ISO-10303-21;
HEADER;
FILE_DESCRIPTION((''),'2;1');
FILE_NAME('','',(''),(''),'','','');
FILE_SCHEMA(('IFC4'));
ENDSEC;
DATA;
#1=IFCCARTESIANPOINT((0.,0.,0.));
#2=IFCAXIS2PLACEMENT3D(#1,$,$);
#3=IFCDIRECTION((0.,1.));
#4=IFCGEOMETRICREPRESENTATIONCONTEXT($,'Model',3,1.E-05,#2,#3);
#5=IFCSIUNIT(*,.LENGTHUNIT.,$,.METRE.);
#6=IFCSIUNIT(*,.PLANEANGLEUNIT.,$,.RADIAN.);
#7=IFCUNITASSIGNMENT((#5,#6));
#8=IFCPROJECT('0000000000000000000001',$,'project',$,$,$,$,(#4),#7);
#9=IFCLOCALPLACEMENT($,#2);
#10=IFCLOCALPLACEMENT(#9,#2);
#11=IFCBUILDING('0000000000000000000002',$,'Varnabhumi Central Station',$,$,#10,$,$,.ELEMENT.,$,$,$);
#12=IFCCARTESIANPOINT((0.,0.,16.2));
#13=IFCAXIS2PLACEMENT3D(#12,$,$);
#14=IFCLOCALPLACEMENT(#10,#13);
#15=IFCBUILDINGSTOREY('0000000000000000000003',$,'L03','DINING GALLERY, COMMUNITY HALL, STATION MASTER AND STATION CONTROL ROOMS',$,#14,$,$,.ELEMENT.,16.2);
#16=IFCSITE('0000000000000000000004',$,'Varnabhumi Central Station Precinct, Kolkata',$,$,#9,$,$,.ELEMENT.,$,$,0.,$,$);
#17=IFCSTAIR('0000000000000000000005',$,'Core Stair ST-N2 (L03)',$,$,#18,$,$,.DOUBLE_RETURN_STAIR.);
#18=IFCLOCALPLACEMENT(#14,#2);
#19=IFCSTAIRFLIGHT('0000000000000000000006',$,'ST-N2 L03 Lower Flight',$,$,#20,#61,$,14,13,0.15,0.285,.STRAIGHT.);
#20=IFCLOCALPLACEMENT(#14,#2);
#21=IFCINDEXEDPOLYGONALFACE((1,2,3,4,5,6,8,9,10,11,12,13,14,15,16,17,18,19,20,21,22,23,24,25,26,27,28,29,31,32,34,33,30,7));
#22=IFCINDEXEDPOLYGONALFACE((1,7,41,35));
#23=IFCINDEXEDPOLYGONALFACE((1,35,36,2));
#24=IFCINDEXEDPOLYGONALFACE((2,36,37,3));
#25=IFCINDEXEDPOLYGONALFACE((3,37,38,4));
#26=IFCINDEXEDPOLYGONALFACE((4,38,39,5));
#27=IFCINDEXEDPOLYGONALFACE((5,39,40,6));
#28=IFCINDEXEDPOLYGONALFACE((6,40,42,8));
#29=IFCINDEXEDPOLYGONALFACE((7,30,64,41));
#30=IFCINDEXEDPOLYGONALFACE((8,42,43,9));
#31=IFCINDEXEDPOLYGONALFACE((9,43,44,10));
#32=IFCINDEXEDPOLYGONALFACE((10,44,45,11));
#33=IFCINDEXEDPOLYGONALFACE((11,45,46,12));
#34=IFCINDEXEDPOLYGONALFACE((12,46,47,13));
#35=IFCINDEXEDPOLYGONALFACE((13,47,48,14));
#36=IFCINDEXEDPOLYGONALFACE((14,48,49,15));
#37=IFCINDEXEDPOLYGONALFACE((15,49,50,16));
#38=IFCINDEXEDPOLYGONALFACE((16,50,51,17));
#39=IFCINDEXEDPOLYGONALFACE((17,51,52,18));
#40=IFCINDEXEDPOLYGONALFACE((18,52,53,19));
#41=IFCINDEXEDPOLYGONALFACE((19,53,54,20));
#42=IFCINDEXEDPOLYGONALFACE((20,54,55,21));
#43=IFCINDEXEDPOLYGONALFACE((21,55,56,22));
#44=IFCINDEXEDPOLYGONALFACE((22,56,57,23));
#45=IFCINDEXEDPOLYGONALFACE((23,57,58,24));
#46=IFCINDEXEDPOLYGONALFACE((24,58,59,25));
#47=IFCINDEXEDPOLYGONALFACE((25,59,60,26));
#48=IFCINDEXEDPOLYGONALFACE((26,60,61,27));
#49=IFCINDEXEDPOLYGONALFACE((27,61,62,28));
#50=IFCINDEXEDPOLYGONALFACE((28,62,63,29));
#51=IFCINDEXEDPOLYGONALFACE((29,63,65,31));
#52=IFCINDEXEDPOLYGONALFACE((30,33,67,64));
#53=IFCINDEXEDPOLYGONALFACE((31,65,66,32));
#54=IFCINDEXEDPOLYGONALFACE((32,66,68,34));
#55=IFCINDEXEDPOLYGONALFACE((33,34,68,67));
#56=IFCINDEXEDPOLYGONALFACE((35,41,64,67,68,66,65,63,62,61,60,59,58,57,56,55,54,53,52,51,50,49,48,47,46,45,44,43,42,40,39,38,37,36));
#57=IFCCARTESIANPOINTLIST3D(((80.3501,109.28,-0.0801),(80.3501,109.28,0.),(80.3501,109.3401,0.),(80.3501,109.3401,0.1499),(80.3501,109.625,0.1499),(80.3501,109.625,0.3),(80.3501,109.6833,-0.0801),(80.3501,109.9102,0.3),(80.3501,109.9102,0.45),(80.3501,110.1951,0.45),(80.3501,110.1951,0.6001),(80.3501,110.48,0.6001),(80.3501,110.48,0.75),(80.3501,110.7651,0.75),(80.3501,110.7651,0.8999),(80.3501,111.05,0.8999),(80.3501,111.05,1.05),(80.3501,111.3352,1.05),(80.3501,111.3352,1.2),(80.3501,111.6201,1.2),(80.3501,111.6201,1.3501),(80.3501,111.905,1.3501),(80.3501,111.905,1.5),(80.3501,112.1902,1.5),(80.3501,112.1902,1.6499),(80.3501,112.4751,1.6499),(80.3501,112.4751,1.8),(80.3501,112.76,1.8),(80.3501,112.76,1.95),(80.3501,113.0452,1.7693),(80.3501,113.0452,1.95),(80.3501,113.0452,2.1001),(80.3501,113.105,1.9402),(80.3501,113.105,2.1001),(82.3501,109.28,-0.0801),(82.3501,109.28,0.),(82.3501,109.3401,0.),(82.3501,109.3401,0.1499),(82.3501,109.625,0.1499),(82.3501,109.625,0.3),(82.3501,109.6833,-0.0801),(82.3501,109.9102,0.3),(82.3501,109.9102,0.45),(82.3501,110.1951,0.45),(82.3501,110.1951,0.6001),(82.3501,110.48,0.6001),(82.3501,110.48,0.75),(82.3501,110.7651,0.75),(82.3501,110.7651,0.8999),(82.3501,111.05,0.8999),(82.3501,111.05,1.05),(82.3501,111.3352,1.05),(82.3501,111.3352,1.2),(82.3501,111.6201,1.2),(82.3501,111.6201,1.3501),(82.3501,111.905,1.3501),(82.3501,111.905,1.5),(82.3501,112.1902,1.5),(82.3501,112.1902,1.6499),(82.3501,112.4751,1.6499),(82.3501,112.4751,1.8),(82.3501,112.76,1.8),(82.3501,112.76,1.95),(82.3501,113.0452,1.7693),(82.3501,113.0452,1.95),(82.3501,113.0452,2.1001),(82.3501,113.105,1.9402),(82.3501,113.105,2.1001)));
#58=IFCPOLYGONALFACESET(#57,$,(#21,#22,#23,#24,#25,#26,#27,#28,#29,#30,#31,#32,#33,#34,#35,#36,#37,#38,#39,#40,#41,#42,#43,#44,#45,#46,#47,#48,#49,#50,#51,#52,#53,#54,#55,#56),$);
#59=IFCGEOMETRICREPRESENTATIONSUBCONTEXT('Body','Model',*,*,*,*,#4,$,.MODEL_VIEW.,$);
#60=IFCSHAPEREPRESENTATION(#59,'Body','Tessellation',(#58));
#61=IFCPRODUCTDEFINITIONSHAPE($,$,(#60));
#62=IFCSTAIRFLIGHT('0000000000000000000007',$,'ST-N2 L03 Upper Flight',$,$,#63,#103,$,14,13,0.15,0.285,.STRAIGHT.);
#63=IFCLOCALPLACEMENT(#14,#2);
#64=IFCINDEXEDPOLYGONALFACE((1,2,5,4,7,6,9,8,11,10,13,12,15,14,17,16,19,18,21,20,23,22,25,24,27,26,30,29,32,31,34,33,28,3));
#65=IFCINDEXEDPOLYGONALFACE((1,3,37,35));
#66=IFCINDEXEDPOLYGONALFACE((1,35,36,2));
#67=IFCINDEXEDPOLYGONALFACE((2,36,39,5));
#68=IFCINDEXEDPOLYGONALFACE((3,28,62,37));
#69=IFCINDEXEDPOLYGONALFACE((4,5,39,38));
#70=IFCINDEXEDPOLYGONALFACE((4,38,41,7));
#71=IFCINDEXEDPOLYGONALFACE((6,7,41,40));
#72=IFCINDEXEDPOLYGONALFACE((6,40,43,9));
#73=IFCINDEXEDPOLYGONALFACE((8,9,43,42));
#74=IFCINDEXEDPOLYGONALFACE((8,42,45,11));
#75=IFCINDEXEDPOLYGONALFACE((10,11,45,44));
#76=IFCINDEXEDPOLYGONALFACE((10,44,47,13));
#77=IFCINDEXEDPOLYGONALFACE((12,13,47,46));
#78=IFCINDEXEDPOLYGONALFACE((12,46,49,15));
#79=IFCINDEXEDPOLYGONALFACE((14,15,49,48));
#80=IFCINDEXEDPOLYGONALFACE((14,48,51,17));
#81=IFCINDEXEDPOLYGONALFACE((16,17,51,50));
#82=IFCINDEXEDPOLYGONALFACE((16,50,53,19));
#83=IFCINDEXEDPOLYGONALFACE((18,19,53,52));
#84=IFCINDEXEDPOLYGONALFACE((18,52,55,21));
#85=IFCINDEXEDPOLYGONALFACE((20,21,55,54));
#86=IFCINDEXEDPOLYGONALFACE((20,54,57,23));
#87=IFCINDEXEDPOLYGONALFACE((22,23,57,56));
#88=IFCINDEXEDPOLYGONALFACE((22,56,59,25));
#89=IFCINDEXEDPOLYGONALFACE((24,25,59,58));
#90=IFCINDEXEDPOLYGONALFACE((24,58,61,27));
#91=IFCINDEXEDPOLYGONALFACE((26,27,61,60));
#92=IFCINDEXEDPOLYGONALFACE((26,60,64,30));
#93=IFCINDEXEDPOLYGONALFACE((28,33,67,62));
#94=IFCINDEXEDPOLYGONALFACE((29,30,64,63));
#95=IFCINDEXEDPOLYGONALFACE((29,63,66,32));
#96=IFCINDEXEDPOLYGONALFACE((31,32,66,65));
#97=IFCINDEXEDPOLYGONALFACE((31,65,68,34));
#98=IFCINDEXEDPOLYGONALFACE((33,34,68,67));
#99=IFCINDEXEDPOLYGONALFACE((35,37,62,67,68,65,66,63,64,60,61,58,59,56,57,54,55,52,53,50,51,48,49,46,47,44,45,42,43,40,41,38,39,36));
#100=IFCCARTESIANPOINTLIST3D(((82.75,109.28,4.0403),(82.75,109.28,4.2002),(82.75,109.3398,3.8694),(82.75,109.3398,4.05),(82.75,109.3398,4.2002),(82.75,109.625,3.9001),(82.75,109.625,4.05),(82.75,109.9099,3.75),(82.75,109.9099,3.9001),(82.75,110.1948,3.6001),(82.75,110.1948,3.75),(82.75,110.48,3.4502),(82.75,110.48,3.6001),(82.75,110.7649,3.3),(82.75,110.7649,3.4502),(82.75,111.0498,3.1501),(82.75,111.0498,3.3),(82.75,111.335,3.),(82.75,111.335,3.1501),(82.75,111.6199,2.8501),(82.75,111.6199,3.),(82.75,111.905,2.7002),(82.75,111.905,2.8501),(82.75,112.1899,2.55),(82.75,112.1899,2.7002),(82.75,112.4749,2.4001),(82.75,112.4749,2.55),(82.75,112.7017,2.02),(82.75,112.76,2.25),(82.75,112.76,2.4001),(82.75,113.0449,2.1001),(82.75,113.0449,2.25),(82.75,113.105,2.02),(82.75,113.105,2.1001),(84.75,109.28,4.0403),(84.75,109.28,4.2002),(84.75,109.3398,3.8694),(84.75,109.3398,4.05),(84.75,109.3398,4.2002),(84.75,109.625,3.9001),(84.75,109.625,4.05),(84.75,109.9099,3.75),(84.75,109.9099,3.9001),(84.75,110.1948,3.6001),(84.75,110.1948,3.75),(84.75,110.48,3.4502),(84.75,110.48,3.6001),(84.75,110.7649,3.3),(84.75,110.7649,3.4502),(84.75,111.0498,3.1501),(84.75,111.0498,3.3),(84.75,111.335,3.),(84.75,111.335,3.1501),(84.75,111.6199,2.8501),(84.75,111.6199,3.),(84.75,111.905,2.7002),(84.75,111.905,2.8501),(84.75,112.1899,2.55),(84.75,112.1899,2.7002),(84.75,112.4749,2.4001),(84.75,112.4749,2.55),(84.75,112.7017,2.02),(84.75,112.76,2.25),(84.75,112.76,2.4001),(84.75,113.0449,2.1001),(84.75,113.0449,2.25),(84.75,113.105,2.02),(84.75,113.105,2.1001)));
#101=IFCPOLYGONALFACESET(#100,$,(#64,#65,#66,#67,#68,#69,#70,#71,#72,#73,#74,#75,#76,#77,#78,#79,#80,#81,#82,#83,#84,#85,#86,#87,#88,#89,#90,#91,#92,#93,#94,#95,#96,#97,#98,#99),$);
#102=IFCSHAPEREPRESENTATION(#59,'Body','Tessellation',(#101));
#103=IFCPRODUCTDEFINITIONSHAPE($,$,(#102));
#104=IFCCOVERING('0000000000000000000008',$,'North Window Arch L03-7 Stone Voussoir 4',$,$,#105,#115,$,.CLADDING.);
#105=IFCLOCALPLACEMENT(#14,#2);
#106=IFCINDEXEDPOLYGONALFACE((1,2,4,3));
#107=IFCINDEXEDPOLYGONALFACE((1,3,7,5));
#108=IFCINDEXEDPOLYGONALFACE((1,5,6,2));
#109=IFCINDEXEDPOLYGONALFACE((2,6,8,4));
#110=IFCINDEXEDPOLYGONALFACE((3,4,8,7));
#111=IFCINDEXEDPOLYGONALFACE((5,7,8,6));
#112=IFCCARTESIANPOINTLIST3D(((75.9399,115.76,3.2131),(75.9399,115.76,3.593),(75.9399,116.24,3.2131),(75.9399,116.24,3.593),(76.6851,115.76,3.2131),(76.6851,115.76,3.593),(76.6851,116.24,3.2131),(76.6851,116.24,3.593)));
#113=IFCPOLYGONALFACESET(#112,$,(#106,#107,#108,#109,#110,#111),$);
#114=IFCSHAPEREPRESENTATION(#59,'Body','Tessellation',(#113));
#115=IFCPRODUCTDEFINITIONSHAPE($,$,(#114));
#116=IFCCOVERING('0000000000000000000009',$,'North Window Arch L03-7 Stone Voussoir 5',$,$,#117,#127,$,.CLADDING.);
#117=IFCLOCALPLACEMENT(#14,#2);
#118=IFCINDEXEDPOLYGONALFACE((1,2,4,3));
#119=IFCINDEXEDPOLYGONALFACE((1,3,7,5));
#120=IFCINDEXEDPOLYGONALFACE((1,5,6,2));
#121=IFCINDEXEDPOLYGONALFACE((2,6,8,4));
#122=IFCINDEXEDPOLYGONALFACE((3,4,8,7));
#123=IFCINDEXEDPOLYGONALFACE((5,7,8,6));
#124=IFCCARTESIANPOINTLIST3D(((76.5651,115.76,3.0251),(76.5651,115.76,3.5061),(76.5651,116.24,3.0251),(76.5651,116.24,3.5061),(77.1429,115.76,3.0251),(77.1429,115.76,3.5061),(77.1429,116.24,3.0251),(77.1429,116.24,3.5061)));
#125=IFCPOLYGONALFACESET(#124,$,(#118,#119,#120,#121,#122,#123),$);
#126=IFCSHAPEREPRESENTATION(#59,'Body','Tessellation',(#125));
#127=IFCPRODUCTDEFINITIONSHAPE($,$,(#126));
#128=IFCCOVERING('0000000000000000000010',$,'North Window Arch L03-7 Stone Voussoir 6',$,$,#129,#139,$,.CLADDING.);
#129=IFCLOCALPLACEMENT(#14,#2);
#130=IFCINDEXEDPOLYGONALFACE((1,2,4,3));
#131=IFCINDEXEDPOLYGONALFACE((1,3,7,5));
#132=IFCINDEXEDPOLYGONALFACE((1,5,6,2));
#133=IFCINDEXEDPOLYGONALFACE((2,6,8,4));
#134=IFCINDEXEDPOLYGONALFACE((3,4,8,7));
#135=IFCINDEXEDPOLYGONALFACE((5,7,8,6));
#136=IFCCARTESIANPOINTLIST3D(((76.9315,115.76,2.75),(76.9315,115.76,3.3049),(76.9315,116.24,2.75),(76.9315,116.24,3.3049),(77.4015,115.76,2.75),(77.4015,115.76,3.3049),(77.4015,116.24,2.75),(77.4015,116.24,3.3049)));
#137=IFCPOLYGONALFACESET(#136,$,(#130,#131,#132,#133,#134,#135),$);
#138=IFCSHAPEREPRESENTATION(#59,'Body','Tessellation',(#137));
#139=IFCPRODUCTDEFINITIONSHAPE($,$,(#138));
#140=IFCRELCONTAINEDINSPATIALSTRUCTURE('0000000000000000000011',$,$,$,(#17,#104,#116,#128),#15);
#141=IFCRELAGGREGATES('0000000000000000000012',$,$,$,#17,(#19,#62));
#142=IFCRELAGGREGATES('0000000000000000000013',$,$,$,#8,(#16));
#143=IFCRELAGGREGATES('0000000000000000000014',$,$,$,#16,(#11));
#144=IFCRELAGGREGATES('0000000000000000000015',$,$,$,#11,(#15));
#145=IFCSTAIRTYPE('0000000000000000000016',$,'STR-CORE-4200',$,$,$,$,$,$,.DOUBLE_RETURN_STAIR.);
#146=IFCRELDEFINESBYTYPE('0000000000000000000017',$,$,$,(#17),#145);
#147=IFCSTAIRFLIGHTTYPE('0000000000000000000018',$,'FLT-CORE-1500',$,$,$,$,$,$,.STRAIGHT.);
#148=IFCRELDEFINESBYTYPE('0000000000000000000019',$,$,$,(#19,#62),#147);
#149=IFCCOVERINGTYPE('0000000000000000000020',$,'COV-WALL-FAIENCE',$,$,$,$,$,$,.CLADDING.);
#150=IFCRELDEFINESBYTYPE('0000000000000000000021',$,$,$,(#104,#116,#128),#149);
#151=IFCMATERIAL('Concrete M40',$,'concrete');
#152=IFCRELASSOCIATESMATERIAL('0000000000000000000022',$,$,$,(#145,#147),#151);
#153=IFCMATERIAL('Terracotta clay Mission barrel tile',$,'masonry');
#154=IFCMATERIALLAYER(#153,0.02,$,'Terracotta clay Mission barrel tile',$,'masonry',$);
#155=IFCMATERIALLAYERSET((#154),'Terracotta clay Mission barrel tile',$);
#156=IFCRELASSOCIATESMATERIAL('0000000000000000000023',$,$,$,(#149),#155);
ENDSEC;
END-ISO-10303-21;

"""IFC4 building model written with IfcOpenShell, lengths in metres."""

from ifc_helpers import new_model, si_unit, direction, frame, origin, origin_2d, place, context, subcontext, project, spatial, polyline, rectangle, outline, extrude, material, layer, layer_set, type_object, element, aggregate, save


model = new_model("IFC4")

# Units and contexts
model_context = context("Model", 3, precision=1e-05, world=origin(), true_north=direction((0.0, 1.0)))
body_context = subcontext(model_context, "Body", "Model", "MODEL_VIEW")
ifc_project = project(units=[si_unit("LENGTHUNIT", "METRE"), si_unit("PLANEANGLEUNIT", "RADIAN")], contexts=[model_context])

# Site, building, storey
site_placement = place(None, origin())
site = spatial("IfcSite", under=ifc_project, at=site_placement, Name="Varnabhumi Central Station Precinct, Kolkata", CompositionType="ELEMENT", RefElevation=0.0)
building_placement = place(site_placement, origin())
building = spatial("IfcBuilding", under=site, at=building_placement, Name="Varnabhumi Central Station", CompositionType="ELEMENT")
storey_placement = place(building_placement, frame((0.0, 0.0, 16.2)))
storey = spatial("IfcBuildingStorey", under=building, at=storey_placement, Name="L03", Description="DINING GALLERY, COMMUNITY HALL, STATION MASTER AND STATION CONTROL ROOMS", CompositionType="ELEMENT", Elevation=16.2)

# Shared definitions
ifc_material_1 = material(Name="Concrete M40", Category="concrete")

# Stair, stair flights
stair_type = type_object("IfcStairType", Name="STR-CORE-4200", PredefinedType="DOUBLE_RETURN_STAIR", material=ifc_material_1)
stair_placement = place(storey_placement, origin())
stair = element("IfcStair", 1, at=stair_placement, inside=storey, type_object=stair_type, Name="Core Stair ST-N2 (L03)", PredefinedType="DOUBLE_RETURN_STAIR")
stair_flight_type = type_object("IfcStairFlightType", Name="FLT-CORE-1500", PredefinedType="STRAIGHT", material=ifc_material_1)
stair_flight_1_placement = place(storey_placement, frame((81.3501, 109.3401, 0.0), z_axis=(0.0, 0.0, 1.0), x_axis=(0.0, 1.0, 0.0)))
stair_flight_1 = element("IfcStairFlight", 2, at=stair_flight_1_placement, type_object=stair_flight_type, Name="ST-N2 L03 Lower Flight", NumberOfRisers=14, NumberOfTreads=13, PredefinedType="STRAIGHT", RiserHeight=0.15, TreadLength=0.285, context=body_context, shape_type="SweptSolid", body=[
    extrude(outline(polyline([(-0.0601, -0.0801), (-0.0601, 0.0), (0.0, 0.0), (0.0, 0.1499), (0.2849, 0.1499), (0.2849, 0.3), (0.5701, 0.3), (0.5701, 0.45), (0.855, 0.45), (0.855, 0.6001), (1.1399, 0.6001), (1.1399, 0.75), (1.425, 0.75), (1.425, 0.8999), (1.71, 0.8999), (1.71, 1.05), (1.9951, 1.05), (1.9951, 1.2), (2.28, 1.2), (2.28, 1.3501), (2.5649, 1.3501), (2.5649, 1.5), (2.8501, 1.5), (2.8501, 1.6499), (3.135, 1.6499), (3.135, 1.8), (3.4199, 1.8), (3.4199, 1.95), (3.7051, 1.95), (3.7051, 2.1001), (3.7649, 2.1001), (3.7649, 1.9402), (3.7051, 1.7693), (0.3433, -0.0801), (-0.0601, -0.0801)])), frame((0.0, 1.0, 0.0), z_axis=(0.0, -1.0, 0.0), x_axis=(1.0, 0.0, 0.0)), (0.0, 0.0, 1.0), 2.0),
])
stair_flight_2_placement = place(storey_placement, frame((83.75, 113.0449, 2.1001), z_axis=(0.0, 0.0, 1.0), x_axis=(0.0, -1.0, 0.0)))
stair_flight_2 = element("IfcStairFlight", 3, at=stair_flight_2_placement, type_object=stair_flight_type, Name="ST-N2 L03 Upper Flight", NumberOfRisers=14, NumberOfTreads=13, PredefinedType="STRAIGHT", RiserHeight=0.15, TreadLength=0.285, context=body_context, shape_type="SweptSolid", body=[
    extrude(outline(polyline([(-0.0601, -0.0801), (-0.0601, 0.0), (0.0, 0.0), (0.0, 0.1499), (0.2849, 0.1499), (0.2849, 0.3), (0.5701, 0.3), (0.5701, 0.45), (0.855, 0.45), (0.855, 0.6001), (1.1399, 0.6001), (1.1399, 0.75), (1.425, 0.75), (1.425, 0.8999), (1.71, 0.8999), (1.71, 1.05), (1.9951, 1.05), (1.9951, 1.2), (2.28, 1.2), (2.28, 1.3501), (2.5649, 1.3501), (2.5649, 1.5), (2.8501, 1.5), (2.8501, 1.6499), (3.135, 1.6499), (3.135, 1.8), (3.4199, 1.8), (3.4199, 1.95), (3.7051, 1.95), (3.7051, 2.1001), (3.7649, 2.1001), (3.7649, 1.9402), (3.7051, 1.7693), (0.3433, -0.0801), (-0.0601, -0.0801)])), frame((0.0, 1.0, 0.0), z_axis=(0.0, -1.0, 0.0), x_axis=(1.0, 0.0, 0.0)), (0.0, 0.0, 1.0), 2.0),
])
aggregate(stair, [stair_flight_1, stair_flight_2])

# Coverings
ifc_material_2 = material(Name="Terracotta clay Mission barrel tile", Category="masonry")
ifc_layer_1 = layer(ifc_material_2, 0.02, Name="Terracotta clay Mission barrel tile", Category="masonry")
ifc_layer_set_1 = layer_set([ifc_layer_1], Name="Terracotta clay Mission barrel tile")
covering_type = type_object("IfcCoveringType", Name="COV-WALL-FAIENCE", PredefinedType="CLADDING", material=ifc_layer_set_1)
covering_1_placement = place(storey_placement, frame((76.3125, 116.0, 3.2131), z_axis=(0.0, 0.0, 1.0), x_axis=(1.0, 0.0, 0.0)))
element("IfcCovering", 4, at=covering_1_placement, inside=storey, type_object=covering_type, Name="North Window Arch L03-7 Stone Voussoir 4", PredefinedType="CLADDING", context=body_context, shape_type="SweptSolid", body=[
    extrude(rectangle(XDim=0.7451, YDim=0.48, at=origin_2d()), origin(), (0.0, 0.0, 1.0), 0.3799),
])
covering_2_placement = place(storey_placement, frame((76.854, 116.0, 3.0251), z_axis=(0.0, 0.0, 1.0), x_axis=(1.0, 0.0, 0.0)))
element("IfcCovering", 5, at=covering_2_placement, inside=storey, type_object=covering_type, Name="North Window Arch L03-7 Stone Voussoir 5", PredefinedType="CLADDING", context=body_context, shape_type="SweptSolid", body=[
    extrude(rectangle(XDim=0.5779, YDim=0.48, at=origin_2d()), origin(), (0.0, 0.0, 1.0), 0.481),
])
covering_3_placement = place(storey_placement, frame((77.1665, 116.0, 2.75), z_axis=(0.0, 0.0, 1.0), x_axis=(1.0, 0.0, 0.0)))
element("IfcCovering", 6, at=covering_3_placement, inside=storey, type_object=covering_type, Name="North Window Arch L03-7 Stone Voussoir 6", PredefinedType="CLADDING", context=body_context, shape_type="SweptSolid", body=[
    extrude(rectangle(XDim=0.47, YDim=0.48, at=origin_2d()), origin(), (0.0, 0.0, 1.0), 0.5549),
])

save(model, "model.ifc")
